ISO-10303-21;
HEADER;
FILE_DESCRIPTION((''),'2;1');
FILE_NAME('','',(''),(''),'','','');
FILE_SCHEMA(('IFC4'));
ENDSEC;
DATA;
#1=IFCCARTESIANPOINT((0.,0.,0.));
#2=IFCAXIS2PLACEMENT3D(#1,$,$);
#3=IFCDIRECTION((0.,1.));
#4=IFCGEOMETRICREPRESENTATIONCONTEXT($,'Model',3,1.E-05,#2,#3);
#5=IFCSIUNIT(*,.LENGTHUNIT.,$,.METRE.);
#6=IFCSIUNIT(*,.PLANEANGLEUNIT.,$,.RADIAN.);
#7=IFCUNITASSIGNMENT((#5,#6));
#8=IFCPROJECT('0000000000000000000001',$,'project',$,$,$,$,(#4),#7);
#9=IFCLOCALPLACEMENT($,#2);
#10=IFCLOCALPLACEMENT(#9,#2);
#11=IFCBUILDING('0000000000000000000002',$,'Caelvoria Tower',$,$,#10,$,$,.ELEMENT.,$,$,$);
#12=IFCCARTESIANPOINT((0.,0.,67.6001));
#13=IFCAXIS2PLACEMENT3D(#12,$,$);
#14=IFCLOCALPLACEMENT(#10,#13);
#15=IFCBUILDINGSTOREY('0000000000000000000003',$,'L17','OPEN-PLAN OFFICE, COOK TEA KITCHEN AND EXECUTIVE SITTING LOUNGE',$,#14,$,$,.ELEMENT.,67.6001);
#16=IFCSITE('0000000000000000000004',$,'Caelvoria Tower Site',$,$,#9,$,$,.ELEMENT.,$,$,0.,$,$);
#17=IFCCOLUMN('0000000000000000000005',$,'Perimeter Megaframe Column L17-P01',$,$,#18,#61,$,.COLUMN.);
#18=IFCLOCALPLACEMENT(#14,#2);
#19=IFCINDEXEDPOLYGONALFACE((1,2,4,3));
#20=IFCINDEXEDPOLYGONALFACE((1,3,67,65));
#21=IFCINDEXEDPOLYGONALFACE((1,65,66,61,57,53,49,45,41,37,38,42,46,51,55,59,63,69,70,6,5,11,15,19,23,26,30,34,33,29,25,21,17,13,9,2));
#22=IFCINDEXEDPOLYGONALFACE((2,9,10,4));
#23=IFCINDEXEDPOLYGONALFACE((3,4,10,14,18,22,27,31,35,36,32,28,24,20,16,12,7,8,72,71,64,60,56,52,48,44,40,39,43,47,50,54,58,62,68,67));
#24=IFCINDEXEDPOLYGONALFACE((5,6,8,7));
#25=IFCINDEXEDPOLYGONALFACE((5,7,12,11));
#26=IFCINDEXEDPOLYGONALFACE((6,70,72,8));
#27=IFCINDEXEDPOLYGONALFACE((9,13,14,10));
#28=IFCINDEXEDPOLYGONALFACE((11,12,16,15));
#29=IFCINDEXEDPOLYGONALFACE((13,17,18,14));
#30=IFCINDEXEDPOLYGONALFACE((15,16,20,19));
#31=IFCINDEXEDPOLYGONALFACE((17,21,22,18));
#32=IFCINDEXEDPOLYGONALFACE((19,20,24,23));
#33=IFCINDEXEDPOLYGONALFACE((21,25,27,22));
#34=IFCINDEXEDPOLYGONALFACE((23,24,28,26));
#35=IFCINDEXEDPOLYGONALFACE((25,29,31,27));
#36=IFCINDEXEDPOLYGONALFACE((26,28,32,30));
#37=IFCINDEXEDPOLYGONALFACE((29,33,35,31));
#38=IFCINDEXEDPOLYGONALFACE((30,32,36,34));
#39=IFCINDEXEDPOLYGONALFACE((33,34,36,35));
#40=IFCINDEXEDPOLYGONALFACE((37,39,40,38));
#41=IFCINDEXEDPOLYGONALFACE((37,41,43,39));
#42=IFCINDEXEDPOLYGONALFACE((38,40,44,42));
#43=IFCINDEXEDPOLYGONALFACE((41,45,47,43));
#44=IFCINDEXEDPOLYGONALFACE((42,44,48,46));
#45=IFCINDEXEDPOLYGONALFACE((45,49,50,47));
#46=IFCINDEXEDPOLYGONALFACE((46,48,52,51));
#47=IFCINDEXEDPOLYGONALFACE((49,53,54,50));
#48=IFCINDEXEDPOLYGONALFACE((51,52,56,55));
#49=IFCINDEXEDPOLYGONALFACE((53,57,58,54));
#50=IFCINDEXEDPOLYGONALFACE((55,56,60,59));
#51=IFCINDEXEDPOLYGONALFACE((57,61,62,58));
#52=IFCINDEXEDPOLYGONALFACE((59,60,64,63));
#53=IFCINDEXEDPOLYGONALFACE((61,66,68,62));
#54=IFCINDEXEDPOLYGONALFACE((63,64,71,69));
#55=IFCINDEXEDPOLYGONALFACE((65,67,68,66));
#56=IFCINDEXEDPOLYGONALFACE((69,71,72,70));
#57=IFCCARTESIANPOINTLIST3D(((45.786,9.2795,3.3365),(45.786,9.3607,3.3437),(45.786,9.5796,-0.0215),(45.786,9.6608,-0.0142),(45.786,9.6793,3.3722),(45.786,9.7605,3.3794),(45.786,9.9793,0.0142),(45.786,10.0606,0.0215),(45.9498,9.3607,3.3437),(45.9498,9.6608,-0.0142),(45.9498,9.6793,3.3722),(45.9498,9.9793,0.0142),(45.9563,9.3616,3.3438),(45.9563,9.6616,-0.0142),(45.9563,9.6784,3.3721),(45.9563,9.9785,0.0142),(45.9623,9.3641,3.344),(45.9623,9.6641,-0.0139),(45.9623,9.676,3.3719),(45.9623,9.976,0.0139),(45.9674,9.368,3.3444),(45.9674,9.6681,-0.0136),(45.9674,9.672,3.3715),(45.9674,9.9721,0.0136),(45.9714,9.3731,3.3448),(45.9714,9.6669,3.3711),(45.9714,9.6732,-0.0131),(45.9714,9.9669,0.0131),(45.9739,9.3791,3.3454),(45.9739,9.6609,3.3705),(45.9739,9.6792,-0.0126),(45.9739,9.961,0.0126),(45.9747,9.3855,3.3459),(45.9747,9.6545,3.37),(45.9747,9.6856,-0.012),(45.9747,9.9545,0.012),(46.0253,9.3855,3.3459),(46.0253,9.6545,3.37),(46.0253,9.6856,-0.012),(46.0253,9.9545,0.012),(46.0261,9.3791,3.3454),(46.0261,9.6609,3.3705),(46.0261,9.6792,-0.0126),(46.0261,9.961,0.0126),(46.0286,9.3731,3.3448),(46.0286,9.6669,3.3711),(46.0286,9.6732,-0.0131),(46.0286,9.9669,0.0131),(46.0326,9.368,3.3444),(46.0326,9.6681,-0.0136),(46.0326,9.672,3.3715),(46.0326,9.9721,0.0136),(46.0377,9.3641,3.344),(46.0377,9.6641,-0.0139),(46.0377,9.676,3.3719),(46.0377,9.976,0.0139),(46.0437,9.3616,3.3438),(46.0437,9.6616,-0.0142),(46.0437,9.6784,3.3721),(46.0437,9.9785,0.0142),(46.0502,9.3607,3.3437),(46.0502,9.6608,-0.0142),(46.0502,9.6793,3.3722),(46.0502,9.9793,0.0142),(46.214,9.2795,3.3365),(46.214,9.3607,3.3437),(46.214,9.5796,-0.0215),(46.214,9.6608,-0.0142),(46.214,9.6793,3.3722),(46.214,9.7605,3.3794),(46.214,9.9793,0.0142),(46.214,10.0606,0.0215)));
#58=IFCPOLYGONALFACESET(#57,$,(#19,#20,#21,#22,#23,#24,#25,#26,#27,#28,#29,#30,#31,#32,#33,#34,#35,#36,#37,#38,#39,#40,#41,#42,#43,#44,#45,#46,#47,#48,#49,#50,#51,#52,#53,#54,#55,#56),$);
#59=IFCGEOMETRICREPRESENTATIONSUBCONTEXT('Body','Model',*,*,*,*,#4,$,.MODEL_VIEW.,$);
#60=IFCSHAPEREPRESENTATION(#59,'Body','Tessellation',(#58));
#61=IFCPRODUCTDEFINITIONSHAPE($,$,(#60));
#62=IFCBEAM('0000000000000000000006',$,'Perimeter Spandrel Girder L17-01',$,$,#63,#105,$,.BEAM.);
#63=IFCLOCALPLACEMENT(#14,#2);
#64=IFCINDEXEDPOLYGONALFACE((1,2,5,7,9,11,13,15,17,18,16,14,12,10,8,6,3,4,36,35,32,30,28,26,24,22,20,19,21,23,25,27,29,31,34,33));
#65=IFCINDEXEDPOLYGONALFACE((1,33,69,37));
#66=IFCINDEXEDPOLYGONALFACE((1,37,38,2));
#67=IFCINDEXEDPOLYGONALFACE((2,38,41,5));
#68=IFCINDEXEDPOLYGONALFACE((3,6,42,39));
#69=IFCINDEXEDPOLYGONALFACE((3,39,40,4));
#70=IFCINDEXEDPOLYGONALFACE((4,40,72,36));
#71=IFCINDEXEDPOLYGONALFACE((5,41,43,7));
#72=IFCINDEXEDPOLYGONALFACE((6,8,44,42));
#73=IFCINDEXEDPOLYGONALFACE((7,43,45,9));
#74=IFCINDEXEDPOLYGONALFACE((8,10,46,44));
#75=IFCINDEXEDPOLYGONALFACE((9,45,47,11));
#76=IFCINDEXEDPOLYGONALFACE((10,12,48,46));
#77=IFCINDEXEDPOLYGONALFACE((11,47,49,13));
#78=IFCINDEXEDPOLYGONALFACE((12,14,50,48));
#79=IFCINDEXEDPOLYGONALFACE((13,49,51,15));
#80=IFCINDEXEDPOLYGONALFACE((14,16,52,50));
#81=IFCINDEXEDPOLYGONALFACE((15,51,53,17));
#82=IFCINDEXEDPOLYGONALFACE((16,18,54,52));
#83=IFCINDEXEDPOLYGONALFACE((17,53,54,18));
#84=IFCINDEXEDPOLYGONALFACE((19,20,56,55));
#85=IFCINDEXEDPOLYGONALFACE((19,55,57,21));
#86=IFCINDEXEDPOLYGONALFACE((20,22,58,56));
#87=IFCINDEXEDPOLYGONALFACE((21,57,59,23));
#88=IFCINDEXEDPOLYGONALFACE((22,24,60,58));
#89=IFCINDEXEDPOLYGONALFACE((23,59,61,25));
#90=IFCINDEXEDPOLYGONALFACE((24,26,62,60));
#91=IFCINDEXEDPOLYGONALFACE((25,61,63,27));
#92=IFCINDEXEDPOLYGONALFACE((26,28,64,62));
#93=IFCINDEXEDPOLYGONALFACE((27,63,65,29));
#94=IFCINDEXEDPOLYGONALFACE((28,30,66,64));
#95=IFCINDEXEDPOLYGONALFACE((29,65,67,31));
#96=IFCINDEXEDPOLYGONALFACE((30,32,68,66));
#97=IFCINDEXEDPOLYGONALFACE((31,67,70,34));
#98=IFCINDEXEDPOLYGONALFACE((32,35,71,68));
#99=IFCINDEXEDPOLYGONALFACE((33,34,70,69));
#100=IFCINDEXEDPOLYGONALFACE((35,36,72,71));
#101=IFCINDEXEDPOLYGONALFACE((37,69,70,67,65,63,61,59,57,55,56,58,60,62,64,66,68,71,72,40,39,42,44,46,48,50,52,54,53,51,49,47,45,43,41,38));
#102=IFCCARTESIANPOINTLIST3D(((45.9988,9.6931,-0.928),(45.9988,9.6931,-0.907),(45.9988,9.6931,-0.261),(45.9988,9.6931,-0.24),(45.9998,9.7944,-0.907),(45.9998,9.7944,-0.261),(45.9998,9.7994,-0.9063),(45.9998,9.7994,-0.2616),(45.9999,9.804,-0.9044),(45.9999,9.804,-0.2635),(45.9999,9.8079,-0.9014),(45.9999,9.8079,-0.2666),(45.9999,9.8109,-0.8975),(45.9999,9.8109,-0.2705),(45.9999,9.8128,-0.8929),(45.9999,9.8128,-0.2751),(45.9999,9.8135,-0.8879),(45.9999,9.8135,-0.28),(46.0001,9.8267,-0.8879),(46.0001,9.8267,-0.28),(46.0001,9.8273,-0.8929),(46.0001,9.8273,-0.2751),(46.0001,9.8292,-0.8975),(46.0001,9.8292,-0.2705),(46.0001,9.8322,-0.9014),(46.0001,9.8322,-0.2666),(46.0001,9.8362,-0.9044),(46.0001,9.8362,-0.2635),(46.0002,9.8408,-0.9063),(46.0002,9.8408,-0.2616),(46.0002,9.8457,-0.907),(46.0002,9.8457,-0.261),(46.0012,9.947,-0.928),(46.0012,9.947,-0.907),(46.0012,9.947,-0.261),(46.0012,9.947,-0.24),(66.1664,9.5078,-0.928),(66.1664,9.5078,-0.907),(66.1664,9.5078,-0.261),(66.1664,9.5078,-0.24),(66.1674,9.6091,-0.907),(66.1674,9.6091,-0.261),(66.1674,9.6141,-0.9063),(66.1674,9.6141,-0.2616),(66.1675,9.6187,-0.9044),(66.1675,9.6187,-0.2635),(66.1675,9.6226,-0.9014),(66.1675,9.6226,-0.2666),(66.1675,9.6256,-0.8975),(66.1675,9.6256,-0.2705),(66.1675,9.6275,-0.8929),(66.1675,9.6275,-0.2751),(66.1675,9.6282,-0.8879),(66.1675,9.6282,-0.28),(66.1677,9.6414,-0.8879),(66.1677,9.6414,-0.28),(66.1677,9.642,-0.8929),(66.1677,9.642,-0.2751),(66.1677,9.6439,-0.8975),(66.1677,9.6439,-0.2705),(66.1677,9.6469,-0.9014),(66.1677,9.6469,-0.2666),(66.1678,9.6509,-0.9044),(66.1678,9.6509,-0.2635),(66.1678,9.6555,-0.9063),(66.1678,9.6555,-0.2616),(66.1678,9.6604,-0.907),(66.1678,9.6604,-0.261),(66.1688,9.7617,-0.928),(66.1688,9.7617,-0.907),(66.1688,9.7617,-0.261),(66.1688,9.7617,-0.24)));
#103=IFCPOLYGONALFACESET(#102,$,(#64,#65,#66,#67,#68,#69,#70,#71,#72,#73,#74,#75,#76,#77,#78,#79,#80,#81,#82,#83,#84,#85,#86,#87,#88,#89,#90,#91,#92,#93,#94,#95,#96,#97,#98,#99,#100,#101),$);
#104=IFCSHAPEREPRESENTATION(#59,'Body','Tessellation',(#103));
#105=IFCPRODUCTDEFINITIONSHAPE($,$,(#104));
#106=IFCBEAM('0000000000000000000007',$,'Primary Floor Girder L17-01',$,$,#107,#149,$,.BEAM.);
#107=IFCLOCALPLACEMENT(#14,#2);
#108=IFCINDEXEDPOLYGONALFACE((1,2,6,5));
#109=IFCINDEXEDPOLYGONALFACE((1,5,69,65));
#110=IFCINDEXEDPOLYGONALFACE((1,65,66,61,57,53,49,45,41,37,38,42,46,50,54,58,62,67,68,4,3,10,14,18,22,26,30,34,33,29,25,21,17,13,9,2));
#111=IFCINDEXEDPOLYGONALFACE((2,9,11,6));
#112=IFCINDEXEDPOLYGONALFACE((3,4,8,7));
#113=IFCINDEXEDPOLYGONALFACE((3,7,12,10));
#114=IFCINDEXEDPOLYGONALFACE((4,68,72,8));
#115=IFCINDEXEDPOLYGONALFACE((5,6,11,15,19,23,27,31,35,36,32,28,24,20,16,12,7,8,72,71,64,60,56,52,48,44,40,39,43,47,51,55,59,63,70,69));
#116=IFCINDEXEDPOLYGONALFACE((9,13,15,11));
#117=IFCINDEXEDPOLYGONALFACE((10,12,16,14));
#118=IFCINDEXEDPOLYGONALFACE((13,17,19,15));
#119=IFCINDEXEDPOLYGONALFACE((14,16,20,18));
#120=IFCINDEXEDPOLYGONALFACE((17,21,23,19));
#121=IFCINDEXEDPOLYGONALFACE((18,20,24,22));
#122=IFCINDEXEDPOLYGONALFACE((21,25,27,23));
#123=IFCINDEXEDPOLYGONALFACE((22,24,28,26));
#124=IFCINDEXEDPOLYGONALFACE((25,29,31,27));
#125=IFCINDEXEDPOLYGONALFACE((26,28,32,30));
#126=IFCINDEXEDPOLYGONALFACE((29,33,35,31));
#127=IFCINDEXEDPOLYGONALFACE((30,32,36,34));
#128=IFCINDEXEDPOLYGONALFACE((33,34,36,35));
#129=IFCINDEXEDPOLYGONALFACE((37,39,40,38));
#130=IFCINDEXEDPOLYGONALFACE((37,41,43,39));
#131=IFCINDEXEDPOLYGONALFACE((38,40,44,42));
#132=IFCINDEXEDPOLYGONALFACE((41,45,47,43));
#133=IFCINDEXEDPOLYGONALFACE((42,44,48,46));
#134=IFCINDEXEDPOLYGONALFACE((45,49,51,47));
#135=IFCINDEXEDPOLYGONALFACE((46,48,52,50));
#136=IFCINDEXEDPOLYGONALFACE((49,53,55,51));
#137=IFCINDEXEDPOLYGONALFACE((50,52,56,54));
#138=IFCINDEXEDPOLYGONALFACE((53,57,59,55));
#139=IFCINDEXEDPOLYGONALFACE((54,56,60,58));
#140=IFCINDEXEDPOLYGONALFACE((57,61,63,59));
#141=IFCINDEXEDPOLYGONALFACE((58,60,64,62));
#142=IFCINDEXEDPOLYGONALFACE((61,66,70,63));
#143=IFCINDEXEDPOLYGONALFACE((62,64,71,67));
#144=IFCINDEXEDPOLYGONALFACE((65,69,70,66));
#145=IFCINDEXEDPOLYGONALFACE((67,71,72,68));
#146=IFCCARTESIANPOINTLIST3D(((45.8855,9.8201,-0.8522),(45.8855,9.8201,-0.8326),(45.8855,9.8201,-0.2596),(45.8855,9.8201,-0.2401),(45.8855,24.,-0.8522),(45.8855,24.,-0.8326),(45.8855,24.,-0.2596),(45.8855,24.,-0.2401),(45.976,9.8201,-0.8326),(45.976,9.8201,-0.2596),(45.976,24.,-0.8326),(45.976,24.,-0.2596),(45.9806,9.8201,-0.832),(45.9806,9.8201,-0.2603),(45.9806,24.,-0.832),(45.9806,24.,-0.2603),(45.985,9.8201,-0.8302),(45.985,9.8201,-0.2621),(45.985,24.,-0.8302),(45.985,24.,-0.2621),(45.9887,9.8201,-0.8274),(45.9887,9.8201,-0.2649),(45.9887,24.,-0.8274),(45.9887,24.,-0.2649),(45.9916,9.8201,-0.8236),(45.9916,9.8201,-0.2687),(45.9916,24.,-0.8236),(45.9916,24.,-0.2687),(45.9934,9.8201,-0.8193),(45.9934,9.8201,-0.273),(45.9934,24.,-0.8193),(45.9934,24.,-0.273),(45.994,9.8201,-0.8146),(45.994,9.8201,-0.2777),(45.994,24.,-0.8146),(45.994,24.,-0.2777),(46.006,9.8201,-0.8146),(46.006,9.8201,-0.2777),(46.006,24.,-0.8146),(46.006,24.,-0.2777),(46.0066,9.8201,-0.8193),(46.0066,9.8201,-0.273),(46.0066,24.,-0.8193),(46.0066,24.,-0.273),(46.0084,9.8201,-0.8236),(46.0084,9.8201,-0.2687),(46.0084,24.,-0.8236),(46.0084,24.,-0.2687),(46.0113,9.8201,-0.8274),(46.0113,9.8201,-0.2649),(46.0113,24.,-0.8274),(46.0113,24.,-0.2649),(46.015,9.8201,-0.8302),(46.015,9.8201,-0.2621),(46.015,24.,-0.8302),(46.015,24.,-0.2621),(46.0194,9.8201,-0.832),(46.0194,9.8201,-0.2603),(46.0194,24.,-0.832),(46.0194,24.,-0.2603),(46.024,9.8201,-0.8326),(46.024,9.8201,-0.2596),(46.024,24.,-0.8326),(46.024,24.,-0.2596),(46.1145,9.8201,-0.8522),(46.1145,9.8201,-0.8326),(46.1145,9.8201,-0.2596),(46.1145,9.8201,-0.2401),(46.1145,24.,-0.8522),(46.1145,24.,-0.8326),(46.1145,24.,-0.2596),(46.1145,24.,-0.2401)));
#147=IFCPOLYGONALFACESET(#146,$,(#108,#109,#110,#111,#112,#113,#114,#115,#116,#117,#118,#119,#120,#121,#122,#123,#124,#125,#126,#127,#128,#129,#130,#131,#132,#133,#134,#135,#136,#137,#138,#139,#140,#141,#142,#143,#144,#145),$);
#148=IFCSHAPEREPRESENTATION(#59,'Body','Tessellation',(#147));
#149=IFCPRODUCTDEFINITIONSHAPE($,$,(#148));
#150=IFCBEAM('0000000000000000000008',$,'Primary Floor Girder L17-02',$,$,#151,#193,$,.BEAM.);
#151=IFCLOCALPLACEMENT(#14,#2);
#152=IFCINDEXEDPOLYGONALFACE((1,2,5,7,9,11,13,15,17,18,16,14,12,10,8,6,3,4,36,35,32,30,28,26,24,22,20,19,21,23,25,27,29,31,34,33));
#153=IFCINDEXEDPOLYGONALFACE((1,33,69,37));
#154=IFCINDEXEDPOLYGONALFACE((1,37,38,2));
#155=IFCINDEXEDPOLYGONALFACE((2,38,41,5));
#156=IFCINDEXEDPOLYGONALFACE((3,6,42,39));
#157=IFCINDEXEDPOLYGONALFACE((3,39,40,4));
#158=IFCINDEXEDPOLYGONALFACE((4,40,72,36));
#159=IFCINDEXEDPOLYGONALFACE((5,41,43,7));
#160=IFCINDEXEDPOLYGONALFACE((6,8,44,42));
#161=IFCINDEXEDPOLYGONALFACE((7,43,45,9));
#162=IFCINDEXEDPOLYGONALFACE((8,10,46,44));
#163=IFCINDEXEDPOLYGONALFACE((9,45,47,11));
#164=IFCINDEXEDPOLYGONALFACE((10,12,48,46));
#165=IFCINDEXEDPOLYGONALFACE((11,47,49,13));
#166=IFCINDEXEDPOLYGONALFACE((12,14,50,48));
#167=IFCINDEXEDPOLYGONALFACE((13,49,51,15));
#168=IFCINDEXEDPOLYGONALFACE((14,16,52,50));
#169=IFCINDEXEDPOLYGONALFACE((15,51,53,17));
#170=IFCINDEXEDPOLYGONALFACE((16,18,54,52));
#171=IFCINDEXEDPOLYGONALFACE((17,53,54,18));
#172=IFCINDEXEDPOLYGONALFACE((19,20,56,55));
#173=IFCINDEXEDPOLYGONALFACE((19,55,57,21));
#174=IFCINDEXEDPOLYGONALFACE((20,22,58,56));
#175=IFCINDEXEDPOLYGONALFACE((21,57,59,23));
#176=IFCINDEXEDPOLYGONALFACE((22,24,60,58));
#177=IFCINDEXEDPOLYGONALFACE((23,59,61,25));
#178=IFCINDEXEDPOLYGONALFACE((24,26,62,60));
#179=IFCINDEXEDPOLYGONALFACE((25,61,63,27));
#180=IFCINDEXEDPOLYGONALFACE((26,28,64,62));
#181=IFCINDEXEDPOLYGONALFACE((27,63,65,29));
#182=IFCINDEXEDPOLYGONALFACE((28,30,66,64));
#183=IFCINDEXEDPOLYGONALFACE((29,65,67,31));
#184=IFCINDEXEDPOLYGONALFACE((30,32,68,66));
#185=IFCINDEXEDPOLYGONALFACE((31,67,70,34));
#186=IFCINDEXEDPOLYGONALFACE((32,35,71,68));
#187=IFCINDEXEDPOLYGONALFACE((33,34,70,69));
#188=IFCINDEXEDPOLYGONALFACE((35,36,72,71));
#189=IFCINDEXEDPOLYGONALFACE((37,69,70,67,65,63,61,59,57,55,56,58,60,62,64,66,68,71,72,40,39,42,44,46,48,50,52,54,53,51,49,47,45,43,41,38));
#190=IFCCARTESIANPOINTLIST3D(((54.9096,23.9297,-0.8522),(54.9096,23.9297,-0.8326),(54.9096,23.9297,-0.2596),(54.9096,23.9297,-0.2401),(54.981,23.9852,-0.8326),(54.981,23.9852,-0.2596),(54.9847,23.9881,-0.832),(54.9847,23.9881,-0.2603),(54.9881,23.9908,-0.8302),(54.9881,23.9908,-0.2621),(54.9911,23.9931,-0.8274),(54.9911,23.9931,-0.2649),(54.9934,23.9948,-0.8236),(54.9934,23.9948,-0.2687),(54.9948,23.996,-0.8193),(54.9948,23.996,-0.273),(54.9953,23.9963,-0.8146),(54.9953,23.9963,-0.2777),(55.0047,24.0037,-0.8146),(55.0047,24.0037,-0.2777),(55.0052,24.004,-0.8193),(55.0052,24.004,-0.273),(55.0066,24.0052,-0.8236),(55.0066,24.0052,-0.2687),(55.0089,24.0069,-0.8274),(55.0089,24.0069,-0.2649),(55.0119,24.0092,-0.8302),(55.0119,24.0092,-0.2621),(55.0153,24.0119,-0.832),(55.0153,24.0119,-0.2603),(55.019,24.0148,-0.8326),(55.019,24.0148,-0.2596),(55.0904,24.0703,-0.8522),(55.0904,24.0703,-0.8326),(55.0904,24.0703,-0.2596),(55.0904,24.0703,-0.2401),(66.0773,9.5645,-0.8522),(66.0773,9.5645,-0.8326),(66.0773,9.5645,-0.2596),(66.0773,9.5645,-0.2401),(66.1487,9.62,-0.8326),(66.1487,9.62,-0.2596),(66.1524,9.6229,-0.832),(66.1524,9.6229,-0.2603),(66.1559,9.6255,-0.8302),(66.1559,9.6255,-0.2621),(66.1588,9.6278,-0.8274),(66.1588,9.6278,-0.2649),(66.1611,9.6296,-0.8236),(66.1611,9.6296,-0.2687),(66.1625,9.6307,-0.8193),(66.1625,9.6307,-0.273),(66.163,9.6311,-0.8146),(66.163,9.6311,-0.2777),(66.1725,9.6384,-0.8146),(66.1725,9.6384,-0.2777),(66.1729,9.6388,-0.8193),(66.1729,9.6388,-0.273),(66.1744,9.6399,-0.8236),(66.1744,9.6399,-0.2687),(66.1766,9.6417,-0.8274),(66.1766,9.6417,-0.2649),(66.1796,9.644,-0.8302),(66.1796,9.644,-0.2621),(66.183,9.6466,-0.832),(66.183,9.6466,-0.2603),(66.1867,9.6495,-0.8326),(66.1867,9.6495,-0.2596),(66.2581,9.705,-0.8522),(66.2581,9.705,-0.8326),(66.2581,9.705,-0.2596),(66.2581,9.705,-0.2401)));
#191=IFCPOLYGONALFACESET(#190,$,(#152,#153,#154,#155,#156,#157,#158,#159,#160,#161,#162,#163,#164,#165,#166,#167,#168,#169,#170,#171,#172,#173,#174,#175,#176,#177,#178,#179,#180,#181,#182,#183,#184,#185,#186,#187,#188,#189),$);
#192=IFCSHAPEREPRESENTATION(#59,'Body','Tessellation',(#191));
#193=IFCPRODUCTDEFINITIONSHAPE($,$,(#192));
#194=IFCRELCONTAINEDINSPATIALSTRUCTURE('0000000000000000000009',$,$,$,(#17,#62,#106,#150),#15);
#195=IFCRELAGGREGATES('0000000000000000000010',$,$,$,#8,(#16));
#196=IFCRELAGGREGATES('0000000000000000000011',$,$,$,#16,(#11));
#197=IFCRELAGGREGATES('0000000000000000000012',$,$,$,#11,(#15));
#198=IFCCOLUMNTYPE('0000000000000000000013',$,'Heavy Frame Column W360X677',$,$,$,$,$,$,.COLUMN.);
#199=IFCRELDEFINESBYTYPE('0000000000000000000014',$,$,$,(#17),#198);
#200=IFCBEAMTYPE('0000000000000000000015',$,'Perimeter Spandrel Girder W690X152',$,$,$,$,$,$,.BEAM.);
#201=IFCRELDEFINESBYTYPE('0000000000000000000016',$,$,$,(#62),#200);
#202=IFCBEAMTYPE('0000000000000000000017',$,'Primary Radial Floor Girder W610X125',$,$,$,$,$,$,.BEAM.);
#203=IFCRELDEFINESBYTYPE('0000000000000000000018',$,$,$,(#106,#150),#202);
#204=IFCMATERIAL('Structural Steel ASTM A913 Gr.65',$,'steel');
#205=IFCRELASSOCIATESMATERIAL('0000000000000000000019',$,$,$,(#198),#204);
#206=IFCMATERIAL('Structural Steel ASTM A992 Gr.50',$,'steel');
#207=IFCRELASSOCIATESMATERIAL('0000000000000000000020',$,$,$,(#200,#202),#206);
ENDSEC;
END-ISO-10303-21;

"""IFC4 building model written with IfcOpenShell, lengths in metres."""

from ifc_helpers import new_model, si_unit, direction, frame, origin, origin_2d, place, context, subcontext, project, spatial, i_section, extrude, material, material_profile, profile_set, type_object, element, save


model = new_model("IFC4")

# Units and contexts
model_context = context("Model", 3, precision=1e-05, world=origin(), true_north=direction((0.0, 1.0)))
body_context = subcontext(model_context, "Body", "Model", "MODEL_VIEW")
ifc_project = project(units=[si_unit("LENGTHUNIT", "METRE"), si_unit("PLANEANGLEUNIT", "RADIAN")], contexts=[model_context])

# Site, building, storey
site_placement = place(None, origin())
site = spatial("IfcSite", under=ifc_project, at=site_placement, Name="Caelvoria Tower Site", CompositionType="ELEMENT", RefElevation=0.0)
building_placement = place(site_placement, origin())
building = spatial("IfcBuilding", under=site, at=building_placement, Name="Caelvoria Tower", CompositionType="ELEMENT")
storey_placement = place(building_placement, frame((0.0, 0.0, 67.6001)))
storey = spatial("IfcBuildingStorey", under=building, at=storey_placement, Name="L17", Description="OPEN-PLAN OFFICE, COOK TEA KITCHEN AND EXECUTIVE SITTING LOUNGE", CompositionType="ELEMENT", Elevation=67.6001)

# Column
ifc_material_1 = material(Name="Structural Steel ASTM A913 Gr.65", Category="steel")
ifc_material_profile_1 = material_profile(ifc_material_1, i_section(OverallWidth=0.428, OverallDepth=0.4829, WebThickness=0.0505, FlangeThickness=0.0815, FilletRadius=0.0249, at=origin_2d()), Name="Structural Steel ASTM A913 Gr.65")
ifc_profile_set_1 = profile_set([ifc_material_profile_1], Name="W360X677 - Structural Steel ASTM A913 Gr.65")
column_type = type_object("IfcColumnType", Name="Heavy Frame Column W360X677", PredefinedType="COLUMN", material=ifc_profile_set_1)
column_placement = place(storey_placement, frame((46.0, 9.8201, 0.0), z_axis=(0.0, -0.089001, 0.996032), x_axis=(1.0, 0.0, 0.0)))
element("IfcColumn", 1, at=column_placement, inside=storey, type_object=column_type, Name="Perimeter Megaframe Column L17-P01", PredefinedType="COLUMN", context=body_context, shape_type="SweptSolid", body=[
    extrude(i_section(OverallWidth=0.428, OverallDepth=0.4829, WebThickness=0.0505, FlangeThickness=0.0815, FilletRadius=0.0249, at=origin_2d()), origin(), (0.0, 0.0, 1.0), 3.3713),
])

# Beams
ifc_material_2 = material(Name="Structural Steel ASTM A992 Gr.50", Category="steel")
ifc_material_profile_2 = material_profile(ifc_material_2, i_section(OverallWidth=0.2539, OverallDepth=0.688, WebThickness=0.0132, FlangeThickness=0.021, FilletRadius=0.019, at=origin_2d()), Name="Structural Steel ASTM A992 Gr.50")
ifc_profile_set_2 = profile_set([ifc_material_profile_2], Name="W690X152 - Structural Steel ASTM A992 Gr.50")
beam_type_1 = type_object("IfcBeamType", Name="Perimeter Spandrel Girder W690X152", PredefinedType="BEAM", material=ifc_profile_set_2)
beam_1_placement = place(storey_placement, frame((46.0, 9.8201, -0.584), z_axis=(0.999958, -0.009188, 0.0), x_axis=(0.009188, 0.999958, 0.0)))
element("IfcBeam", 2, at=beam_1_placement, inside=storey, type_object=beam_type_1, Name="Perimeter Spandrel Girder L17-01", PredefinedType="BEAM", context=body_context, shape_type="SweptSolid", body=[
    extrude(i_section(OverallWidth=0.2539, OverallDepth=0.688, WebThickness=0.0132, FlangeThickness=0.021, FilletRadius=0.019, at=origin_2d()), origin(), (0.0, 0.0, 1.0), 20.1685),
])
ifc_material_profile_3 = material_profile(ifc_material_2, i_section(OverallWidth=0.229, OverallDepth=0.6121, WebThickness=0.012, FlangeThickness=0.0195, FilletRadius=0.0181, at=origin_2d()), Name="Structural Steel ASTM A992 Gr.50")
ifc_profile_set_3 = profile_set([ifc_material_profile_3], Name="W610X125 - Structural Steel ASTM A992 Gr.50")
beam_type_2 = type_object("IfcBeamType", Name="Primary Radial Floor Girder W610X125", PredefinedType="BEAM", material=ifc_profile_set_3)
beam_2_placement = place(storey_placement, frame((46.0, 24.0, -0.5461), z_axis=(0.0, -1.0, 0.0), x_axis=(1.0, 0.0, 0.0)))
element("IfcBeam", 3, at=beam_2_placement, inside=storey, type_object=beam_type_2, Name="Primary Floor Girder L17-01", PredefinedType="BEAM", context=body_context, shape_type="SweptSolid", body=[
    extrude(i_section(OverallWidth=0.229, OverallDepth=0.6121, WebThickness=0.012, FlangeThickness=0.0195, FilletRadius=0.0181, at=origin_2d()), origin(), (0.0, 0.0, 1.0), 14.1799),
])
beam_3_placement = place(storey_placement, frame((55.0, 24.0, -0.5461), z_axis=(0.613761, -0.789492, 0.0), x_axis=(0.789492, 0.613761, 0.0)))
element("IfcBeam", 4, at=beam_3_placement, inside=storey, type_object=beam_type_2, Name="Primary Floor Girder L17-02", PredefinedType="BEAM", context=body_context, shape_type="SweptSolid", body=[
    extrude(i_section(OverallWidth=0.229, OverallDepth=0.6121, WebThickness=0.012, FlangeThickness=0.0195, FilletRadius=0.0181, at=origin_2d()), origin(), (0.0, 0.0, 1.0), 18.1956),
])

save(model, "model.ifc")
